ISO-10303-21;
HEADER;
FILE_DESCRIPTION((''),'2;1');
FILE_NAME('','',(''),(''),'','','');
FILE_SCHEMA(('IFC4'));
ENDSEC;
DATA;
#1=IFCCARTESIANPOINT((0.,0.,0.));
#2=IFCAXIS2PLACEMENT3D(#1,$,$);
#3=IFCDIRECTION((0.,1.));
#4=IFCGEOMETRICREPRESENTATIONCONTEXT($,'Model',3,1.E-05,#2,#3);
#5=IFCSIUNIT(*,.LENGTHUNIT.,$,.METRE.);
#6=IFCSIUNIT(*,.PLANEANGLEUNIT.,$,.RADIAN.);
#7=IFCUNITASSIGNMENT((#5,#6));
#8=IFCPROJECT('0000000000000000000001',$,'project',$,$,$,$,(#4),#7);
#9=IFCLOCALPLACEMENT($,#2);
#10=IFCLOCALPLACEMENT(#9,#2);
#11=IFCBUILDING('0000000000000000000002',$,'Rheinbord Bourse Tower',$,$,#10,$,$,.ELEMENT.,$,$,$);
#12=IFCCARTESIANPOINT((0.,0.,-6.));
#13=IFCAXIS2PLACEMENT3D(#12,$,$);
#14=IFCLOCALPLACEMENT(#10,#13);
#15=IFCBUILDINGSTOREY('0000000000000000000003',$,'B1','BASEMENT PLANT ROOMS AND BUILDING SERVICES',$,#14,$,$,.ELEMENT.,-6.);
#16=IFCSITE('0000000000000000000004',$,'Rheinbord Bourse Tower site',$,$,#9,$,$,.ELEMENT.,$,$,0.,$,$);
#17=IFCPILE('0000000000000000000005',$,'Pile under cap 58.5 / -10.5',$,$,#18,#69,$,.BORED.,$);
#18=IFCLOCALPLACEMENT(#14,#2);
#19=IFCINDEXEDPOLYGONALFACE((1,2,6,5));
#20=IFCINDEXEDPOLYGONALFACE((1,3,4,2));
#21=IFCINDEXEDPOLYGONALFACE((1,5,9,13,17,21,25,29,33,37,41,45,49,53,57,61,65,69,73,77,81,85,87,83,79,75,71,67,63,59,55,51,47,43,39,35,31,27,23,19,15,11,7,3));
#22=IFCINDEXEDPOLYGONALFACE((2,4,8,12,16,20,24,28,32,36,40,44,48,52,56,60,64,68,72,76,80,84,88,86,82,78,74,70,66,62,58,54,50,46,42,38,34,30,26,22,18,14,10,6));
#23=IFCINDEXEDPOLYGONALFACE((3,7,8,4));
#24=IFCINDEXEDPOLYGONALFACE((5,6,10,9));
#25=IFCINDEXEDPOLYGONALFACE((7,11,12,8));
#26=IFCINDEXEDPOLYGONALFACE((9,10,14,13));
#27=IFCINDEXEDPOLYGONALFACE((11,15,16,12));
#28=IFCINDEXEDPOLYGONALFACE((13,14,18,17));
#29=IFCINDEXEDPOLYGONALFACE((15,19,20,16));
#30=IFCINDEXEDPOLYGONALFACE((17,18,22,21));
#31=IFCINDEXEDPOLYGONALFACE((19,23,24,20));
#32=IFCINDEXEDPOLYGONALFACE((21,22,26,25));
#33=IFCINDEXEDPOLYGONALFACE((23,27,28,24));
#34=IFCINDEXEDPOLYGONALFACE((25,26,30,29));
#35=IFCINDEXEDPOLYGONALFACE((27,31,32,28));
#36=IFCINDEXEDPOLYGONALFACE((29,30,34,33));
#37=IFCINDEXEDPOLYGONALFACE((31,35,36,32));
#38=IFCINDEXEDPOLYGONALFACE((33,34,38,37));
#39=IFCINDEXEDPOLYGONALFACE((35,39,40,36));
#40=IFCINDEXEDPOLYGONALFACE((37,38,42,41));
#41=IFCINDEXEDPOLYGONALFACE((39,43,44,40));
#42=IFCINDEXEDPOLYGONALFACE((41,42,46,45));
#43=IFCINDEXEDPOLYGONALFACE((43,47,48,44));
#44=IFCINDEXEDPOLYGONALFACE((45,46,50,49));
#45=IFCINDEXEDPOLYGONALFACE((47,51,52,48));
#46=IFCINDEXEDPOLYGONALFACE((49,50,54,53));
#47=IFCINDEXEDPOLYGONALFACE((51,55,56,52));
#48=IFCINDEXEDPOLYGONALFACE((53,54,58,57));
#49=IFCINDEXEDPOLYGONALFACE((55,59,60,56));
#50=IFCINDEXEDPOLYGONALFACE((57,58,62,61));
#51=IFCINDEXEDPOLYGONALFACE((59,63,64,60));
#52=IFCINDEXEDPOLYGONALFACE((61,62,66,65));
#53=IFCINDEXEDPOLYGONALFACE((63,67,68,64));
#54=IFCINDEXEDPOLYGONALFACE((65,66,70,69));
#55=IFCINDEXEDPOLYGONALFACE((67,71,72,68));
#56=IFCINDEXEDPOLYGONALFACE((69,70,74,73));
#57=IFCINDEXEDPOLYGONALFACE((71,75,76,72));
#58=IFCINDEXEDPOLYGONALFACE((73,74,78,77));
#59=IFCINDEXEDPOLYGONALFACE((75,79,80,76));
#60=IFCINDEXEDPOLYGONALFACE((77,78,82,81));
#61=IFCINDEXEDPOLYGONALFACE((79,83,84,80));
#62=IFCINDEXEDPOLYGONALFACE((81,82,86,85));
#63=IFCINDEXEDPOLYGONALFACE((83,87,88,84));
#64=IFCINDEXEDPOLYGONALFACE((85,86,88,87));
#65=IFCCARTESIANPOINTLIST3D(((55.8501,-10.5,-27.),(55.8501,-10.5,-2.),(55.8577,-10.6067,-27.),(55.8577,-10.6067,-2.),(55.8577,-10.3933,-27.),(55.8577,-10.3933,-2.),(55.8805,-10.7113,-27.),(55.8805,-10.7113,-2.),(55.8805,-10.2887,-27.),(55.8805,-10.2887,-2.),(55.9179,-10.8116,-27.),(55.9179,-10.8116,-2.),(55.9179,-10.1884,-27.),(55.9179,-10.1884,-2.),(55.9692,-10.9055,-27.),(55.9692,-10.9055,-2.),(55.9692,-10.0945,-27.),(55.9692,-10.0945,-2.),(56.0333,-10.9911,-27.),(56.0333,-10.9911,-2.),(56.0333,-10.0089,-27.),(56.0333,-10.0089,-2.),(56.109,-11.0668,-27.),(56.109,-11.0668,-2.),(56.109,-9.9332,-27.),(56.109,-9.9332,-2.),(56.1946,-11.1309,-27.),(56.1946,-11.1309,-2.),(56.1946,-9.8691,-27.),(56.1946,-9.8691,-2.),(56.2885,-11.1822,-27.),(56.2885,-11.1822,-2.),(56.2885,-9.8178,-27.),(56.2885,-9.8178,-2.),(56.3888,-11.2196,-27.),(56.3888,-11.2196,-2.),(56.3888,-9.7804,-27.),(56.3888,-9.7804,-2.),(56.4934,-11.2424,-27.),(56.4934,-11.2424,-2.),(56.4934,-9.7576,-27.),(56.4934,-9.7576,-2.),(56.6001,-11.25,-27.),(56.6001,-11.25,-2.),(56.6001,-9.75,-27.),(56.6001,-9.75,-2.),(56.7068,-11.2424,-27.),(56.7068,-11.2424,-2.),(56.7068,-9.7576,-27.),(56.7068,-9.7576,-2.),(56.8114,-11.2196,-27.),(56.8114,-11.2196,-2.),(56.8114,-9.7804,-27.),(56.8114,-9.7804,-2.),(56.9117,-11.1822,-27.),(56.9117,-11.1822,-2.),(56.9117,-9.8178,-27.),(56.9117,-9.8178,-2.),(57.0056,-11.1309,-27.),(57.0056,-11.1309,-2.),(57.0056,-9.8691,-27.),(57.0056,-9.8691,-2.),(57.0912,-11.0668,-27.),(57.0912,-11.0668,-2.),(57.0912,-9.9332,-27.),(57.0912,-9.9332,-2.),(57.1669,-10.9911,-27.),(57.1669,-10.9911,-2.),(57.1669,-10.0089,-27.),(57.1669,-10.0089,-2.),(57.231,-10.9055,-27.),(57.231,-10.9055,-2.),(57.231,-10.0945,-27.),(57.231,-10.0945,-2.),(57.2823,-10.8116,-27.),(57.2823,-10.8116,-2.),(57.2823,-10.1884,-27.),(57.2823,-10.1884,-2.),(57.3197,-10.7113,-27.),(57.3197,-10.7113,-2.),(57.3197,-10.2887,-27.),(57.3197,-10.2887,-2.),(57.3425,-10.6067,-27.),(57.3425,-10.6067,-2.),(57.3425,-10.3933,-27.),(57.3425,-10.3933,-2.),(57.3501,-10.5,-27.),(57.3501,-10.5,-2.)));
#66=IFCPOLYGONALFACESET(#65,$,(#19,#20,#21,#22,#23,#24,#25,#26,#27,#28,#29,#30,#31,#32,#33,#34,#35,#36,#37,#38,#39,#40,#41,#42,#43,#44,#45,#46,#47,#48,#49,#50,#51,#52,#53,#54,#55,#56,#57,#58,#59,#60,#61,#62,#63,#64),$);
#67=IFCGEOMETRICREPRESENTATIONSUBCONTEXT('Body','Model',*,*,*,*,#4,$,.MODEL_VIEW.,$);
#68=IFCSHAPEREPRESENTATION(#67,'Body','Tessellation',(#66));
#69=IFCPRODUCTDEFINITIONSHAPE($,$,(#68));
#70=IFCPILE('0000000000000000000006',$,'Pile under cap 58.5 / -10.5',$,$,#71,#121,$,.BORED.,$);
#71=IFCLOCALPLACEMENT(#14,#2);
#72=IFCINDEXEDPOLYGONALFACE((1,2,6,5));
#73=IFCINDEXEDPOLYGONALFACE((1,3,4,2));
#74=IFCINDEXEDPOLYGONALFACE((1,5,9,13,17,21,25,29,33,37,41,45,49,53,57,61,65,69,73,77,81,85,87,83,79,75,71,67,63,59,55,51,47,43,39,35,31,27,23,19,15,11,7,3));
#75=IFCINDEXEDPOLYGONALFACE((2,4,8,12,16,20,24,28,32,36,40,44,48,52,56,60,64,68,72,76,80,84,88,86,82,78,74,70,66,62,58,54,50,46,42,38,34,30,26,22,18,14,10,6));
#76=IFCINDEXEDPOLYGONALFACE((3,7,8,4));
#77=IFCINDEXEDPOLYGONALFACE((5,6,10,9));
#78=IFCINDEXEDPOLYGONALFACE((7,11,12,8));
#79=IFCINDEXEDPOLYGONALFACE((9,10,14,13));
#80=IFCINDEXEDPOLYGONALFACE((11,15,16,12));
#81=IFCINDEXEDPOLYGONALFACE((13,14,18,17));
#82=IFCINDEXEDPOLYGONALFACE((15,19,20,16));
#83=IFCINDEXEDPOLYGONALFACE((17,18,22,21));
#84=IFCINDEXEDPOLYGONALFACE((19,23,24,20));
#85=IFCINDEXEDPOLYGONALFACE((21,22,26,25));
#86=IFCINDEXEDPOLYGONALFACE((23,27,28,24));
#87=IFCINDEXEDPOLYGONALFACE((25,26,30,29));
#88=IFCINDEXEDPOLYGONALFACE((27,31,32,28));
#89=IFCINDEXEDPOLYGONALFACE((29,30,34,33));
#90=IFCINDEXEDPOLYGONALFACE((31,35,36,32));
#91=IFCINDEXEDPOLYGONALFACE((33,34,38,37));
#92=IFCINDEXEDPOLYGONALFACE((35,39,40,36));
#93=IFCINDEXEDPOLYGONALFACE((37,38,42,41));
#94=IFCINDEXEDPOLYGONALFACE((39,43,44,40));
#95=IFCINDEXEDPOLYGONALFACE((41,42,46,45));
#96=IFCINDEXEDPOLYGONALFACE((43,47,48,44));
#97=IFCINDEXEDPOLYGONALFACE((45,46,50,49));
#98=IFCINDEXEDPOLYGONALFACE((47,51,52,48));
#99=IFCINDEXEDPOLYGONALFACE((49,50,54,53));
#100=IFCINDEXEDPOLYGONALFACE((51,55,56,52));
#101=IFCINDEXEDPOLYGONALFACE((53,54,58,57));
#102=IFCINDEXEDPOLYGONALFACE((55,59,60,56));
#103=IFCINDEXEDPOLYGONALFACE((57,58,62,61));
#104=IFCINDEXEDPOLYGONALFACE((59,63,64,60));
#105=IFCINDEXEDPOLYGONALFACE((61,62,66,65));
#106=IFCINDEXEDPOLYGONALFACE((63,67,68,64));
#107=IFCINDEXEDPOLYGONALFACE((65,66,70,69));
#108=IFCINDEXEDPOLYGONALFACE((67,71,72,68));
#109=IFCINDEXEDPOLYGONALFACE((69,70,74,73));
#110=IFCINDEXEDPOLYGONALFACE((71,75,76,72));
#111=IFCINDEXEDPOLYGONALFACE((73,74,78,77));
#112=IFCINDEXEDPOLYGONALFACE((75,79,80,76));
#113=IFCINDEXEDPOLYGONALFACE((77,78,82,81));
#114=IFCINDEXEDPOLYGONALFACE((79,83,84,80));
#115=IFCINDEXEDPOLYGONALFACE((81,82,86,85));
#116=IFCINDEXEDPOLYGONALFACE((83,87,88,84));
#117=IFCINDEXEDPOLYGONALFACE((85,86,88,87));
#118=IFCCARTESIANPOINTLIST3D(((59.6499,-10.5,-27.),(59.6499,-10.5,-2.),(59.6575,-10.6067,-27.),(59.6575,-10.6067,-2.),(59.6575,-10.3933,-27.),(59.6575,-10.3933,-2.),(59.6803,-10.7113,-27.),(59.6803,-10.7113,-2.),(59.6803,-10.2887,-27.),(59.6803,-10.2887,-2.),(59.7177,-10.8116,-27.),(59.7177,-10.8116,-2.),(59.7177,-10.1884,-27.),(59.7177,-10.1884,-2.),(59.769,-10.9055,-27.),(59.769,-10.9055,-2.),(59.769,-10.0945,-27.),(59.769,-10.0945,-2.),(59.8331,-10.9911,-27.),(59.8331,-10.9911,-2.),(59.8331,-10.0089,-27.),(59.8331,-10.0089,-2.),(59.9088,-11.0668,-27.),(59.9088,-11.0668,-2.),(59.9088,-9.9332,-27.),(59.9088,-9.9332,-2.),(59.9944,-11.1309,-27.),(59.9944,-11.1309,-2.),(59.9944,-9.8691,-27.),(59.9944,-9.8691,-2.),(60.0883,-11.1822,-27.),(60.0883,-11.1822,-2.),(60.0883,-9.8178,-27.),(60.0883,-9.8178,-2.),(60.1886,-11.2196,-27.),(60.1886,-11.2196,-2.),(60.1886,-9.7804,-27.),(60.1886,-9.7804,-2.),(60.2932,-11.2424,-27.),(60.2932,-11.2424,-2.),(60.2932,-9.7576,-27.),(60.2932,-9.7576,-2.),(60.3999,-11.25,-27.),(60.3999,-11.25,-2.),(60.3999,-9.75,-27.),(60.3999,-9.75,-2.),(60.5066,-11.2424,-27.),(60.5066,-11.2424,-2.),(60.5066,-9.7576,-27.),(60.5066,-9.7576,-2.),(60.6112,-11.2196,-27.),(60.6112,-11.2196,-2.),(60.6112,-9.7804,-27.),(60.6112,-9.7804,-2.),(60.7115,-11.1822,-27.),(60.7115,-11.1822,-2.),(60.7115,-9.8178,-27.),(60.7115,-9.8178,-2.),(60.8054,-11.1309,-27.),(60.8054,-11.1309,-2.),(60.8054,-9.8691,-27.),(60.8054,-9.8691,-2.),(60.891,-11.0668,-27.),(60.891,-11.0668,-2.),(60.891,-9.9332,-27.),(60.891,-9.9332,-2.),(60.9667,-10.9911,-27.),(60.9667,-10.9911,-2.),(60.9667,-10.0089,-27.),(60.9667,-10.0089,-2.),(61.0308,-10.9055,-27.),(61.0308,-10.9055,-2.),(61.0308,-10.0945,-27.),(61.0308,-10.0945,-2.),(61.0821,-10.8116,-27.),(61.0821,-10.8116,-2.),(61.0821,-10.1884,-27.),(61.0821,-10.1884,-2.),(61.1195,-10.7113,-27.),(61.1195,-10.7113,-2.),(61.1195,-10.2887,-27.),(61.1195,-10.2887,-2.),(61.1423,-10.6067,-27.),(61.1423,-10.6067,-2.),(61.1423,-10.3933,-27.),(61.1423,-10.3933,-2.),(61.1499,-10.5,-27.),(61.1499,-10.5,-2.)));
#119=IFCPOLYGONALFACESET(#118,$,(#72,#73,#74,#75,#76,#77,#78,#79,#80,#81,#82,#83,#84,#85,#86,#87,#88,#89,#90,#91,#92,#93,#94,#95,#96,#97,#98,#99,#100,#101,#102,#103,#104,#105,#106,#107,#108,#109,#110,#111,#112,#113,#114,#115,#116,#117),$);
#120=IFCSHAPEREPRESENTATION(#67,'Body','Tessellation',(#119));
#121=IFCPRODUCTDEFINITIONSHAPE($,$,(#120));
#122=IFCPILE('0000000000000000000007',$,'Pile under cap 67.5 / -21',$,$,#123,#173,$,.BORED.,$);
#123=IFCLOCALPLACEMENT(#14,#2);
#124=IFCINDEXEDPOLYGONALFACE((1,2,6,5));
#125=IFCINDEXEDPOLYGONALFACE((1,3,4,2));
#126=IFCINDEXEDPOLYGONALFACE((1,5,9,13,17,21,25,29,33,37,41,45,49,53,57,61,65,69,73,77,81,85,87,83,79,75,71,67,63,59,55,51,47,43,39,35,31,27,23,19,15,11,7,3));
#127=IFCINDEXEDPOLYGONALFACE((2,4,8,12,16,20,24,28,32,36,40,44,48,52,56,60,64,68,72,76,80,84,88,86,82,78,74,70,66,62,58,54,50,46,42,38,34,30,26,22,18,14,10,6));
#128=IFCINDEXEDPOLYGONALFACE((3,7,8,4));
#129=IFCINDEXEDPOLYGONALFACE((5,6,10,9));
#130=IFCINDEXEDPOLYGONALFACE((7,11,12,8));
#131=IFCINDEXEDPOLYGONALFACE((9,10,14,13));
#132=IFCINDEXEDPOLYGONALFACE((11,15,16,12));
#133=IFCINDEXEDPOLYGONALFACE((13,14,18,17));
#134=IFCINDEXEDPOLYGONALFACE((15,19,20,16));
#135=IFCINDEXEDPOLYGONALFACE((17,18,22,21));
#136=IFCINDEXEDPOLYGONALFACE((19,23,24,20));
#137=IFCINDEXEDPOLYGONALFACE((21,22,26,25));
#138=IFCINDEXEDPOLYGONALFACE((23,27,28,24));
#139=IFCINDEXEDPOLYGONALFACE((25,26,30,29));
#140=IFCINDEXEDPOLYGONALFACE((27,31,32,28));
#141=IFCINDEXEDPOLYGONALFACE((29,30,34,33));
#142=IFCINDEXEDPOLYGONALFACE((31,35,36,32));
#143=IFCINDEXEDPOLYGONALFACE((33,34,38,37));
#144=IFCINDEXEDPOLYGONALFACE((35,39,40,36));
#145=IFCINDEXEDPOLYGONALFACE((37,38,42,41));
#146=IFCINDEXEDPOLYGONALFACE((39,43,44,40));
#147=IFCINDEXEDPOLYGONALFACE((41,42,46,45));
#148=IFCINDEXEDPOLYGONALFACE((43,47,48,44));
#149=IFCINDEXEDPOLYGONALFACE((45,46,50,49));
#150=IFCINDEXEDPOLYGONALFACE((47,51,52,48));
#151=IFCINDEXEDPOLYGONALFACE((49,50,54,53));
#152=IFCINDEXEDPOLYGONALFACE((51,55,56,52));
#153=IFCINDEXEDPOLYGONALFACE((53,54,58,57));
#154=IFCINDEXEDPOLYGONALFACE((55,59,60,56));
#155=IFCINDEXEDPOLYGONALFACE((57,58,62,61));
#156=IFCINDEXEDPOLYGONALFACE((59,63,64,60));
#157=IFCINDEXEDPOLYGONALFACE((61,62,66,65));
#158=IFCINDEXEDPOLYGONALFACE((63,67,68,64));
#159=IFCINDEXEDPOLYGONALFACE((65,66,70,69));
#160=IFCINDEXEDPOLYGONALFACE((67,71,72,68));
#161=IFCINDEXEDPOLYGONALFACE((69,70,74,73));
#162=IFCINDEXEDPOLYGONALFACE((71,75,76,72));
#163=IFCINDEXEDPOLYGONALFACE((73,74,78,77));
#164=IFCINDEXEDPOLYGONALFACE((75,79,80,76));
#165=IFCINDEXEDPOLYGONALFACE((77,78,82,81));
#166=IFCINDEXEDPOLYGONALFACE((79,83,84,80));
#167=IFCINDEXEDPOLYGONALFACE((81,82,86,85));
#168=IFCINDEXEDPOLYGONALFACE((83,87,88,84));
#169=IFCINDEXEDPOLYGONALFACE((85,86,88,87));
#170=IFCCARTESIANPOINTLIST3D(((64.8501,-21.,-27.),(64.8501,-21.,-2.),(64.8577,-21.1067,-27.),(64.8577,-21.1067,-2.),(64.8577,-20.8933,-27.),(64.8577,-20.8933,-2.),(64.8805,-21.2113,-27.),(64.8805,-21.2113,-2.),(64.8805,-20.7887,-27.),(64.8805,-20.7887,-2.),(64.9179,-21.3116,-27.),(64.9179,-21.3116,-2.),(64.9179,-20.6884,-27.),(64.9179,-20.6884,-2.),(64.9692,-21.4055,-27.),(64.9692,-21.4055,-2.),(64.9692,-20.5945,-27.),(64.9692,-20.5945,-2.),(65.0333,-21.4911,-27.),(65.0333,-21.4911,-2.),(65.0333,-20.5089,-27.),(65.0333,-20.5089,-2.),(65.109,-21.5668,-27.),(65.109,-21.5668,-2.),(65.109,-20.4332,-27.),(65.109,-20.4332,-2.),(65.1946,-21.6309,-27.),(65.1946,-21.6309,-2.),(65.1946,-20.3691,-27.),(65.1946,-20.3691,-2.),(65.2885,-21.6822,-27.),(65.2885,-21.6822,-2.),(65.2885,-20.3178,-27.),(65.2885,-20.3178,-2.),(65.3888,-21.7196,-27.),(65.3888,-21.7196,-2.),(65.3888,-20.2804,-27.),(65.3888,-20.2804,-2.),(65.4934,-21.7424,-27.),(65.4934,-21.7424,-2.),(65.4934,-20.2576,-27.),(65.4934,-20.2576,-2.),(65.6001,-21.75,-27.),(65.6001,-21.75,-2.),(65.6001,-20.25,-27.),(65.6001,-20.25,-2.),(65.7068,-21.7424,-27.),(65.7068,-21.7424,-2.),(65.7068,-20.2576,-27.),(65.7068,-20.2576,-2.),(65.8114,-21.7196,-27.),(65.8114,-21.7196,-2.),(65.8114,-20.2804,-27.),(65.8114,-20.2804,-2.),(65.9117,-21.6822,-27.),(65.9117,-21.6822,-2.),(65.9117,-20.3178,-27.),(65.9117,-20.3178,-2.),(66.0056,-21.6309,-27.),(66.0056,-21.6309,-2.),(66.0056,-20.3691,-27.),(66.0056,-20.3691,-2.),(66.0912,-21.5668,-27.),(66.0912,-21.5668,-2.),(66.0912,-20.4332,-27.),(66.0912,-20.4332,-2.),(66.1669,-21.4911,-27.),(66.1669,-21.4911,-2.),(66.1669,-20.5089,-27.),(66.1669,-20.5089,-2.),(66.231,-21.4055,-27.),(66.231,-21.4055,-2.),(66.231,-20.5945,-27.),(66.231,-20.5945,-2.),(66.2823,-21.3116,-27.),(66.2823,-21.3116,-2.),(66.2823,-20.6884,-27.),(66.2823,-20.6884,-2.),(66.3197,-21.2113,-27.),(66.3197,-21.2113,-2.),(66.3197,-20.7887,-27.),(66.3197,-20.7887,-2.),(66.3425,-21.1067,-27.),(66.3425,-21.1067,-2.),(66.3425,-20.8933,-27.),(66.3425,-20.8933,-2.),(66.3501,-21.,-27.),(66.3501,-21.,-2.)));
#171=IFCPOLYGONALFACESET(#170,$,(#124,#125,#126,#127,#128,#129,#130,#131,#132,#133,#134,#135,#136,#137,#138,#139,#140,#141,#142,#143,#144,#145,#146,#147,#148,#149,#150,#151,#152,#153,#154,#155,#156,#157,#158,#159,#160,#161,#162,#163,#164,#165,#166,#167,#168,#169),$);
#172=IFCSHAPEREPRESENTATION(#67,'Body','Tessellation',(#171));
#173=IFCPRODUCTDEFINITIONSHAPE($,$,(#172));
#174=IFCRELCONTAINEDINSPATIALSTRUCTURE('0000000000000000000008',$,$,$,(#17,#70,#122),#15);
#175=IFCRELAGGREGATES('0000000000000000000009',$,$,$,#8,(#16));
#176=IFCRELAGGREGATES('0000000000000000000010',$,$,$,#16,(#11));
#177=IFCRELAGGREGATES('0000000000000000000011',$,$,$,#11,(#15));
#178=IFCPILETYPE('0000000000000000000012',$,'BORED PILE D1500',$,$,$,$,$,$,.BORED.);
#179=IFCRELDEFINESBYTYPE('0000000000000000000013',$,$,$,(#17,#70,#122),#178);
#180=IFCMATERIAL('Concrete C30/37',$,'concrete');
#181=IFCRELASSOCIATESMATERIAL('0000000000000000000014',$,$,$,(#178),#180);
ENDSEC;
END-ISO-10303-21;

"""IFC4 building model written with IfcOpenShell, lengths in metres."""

from ifc_helpers import new_model, si_unit, direction, frame, origin, origin_2d, place, context, subcontext, project, spatial, circle, extrude, material, material_profile, profile_set, type_object, element, save


model = new_model("IFC4")

# Units and contexts
model_context = context("Model", 3, precision=1e-05, world=origin(), true_north=direction((0.0, 1.0)))
body_context = subcontext(model_context, "Body", "Model", "MODEL_VIEW")
ifc_project = project(units=[si_unit("LENGTHUNIT", "METRE"), si_unit("PLANEANGLEUNIT", "RADIAN")], contexts=[model_context])

# Site, building, storey
site_placement = place(None, origin())
site = spatial("IfcSite", under=ifc_project, at=site_placement, Name="Rheinbord Bourse Tower site", CompositionType="ELEMENT", RefElevation=0.0)
building_placement = place(site_placement, origin())
building = spatial("IfcBuilding", under=site, at=building_placement, Name="Rheinbord Bourse Tower", CompositionType="ELEMENT")
storey_placement = place(building_placement, frame((0.0, 0.0, -6.0)))
storey = spatial("IfcBuildingStorey", under=building, at=storey_placement, Name="B1", Description="BASEMENT PLANT ROOMS AND BUILDING SERVICES", CompositionType="ELEMENT", Elevation=-6.0)

# Piles
ifc_material_1 = material(Name="Concrete C30/37", Category="concrete")
ifc_material_profile_1 = material_profile(ifc_material_1, circle(Radius=0.75, at=origin_2d()), Name="D1500")
ifc_profile_set_1 = profile_set([ifc_material_profile_1], Name="Concrete C30/37")
pile_type = type_object("IfcPileType", Name="BORED PILE D1500", PredefinedType="BORED", material=ifc_profile_set_1)
for number, where, z_axis, x_axis, name in (
    (1, (56.6001, -10.5, -2.0), (0.0, 0.0, -1.0), (1.0, 0.0, 0.0), "Pile under cap 58.5 / -10.5"),
    (2, (60.3999, -10.5, -2.0), (0.0, 0.0, -1.0), (1.0, 0.0, 0.0), "Pile under cap 58.5 / -10.5"),
    (3, (65.6001, -21.0, -2.0), (0.0, 0.0, -1.0), (1.0, 0.0, 0.0), "Pile under cap 67.5 / -21"),
):
    element("IfcPile", number, at=place(storey_placement, frame(where, z_axis=z_axis, x_axis=x_axis)), inside=storey, type_object=pile_type, Name=name, PredefinedType="BORED", context=body_context, shape_type="SweptSolid", body=[
        extrude(circle(Radius=0.75, at=origin_2d()), origin(), (0.0, 0.0, 1.0), 25.0),
    ])

save(model, "model.ifc")
